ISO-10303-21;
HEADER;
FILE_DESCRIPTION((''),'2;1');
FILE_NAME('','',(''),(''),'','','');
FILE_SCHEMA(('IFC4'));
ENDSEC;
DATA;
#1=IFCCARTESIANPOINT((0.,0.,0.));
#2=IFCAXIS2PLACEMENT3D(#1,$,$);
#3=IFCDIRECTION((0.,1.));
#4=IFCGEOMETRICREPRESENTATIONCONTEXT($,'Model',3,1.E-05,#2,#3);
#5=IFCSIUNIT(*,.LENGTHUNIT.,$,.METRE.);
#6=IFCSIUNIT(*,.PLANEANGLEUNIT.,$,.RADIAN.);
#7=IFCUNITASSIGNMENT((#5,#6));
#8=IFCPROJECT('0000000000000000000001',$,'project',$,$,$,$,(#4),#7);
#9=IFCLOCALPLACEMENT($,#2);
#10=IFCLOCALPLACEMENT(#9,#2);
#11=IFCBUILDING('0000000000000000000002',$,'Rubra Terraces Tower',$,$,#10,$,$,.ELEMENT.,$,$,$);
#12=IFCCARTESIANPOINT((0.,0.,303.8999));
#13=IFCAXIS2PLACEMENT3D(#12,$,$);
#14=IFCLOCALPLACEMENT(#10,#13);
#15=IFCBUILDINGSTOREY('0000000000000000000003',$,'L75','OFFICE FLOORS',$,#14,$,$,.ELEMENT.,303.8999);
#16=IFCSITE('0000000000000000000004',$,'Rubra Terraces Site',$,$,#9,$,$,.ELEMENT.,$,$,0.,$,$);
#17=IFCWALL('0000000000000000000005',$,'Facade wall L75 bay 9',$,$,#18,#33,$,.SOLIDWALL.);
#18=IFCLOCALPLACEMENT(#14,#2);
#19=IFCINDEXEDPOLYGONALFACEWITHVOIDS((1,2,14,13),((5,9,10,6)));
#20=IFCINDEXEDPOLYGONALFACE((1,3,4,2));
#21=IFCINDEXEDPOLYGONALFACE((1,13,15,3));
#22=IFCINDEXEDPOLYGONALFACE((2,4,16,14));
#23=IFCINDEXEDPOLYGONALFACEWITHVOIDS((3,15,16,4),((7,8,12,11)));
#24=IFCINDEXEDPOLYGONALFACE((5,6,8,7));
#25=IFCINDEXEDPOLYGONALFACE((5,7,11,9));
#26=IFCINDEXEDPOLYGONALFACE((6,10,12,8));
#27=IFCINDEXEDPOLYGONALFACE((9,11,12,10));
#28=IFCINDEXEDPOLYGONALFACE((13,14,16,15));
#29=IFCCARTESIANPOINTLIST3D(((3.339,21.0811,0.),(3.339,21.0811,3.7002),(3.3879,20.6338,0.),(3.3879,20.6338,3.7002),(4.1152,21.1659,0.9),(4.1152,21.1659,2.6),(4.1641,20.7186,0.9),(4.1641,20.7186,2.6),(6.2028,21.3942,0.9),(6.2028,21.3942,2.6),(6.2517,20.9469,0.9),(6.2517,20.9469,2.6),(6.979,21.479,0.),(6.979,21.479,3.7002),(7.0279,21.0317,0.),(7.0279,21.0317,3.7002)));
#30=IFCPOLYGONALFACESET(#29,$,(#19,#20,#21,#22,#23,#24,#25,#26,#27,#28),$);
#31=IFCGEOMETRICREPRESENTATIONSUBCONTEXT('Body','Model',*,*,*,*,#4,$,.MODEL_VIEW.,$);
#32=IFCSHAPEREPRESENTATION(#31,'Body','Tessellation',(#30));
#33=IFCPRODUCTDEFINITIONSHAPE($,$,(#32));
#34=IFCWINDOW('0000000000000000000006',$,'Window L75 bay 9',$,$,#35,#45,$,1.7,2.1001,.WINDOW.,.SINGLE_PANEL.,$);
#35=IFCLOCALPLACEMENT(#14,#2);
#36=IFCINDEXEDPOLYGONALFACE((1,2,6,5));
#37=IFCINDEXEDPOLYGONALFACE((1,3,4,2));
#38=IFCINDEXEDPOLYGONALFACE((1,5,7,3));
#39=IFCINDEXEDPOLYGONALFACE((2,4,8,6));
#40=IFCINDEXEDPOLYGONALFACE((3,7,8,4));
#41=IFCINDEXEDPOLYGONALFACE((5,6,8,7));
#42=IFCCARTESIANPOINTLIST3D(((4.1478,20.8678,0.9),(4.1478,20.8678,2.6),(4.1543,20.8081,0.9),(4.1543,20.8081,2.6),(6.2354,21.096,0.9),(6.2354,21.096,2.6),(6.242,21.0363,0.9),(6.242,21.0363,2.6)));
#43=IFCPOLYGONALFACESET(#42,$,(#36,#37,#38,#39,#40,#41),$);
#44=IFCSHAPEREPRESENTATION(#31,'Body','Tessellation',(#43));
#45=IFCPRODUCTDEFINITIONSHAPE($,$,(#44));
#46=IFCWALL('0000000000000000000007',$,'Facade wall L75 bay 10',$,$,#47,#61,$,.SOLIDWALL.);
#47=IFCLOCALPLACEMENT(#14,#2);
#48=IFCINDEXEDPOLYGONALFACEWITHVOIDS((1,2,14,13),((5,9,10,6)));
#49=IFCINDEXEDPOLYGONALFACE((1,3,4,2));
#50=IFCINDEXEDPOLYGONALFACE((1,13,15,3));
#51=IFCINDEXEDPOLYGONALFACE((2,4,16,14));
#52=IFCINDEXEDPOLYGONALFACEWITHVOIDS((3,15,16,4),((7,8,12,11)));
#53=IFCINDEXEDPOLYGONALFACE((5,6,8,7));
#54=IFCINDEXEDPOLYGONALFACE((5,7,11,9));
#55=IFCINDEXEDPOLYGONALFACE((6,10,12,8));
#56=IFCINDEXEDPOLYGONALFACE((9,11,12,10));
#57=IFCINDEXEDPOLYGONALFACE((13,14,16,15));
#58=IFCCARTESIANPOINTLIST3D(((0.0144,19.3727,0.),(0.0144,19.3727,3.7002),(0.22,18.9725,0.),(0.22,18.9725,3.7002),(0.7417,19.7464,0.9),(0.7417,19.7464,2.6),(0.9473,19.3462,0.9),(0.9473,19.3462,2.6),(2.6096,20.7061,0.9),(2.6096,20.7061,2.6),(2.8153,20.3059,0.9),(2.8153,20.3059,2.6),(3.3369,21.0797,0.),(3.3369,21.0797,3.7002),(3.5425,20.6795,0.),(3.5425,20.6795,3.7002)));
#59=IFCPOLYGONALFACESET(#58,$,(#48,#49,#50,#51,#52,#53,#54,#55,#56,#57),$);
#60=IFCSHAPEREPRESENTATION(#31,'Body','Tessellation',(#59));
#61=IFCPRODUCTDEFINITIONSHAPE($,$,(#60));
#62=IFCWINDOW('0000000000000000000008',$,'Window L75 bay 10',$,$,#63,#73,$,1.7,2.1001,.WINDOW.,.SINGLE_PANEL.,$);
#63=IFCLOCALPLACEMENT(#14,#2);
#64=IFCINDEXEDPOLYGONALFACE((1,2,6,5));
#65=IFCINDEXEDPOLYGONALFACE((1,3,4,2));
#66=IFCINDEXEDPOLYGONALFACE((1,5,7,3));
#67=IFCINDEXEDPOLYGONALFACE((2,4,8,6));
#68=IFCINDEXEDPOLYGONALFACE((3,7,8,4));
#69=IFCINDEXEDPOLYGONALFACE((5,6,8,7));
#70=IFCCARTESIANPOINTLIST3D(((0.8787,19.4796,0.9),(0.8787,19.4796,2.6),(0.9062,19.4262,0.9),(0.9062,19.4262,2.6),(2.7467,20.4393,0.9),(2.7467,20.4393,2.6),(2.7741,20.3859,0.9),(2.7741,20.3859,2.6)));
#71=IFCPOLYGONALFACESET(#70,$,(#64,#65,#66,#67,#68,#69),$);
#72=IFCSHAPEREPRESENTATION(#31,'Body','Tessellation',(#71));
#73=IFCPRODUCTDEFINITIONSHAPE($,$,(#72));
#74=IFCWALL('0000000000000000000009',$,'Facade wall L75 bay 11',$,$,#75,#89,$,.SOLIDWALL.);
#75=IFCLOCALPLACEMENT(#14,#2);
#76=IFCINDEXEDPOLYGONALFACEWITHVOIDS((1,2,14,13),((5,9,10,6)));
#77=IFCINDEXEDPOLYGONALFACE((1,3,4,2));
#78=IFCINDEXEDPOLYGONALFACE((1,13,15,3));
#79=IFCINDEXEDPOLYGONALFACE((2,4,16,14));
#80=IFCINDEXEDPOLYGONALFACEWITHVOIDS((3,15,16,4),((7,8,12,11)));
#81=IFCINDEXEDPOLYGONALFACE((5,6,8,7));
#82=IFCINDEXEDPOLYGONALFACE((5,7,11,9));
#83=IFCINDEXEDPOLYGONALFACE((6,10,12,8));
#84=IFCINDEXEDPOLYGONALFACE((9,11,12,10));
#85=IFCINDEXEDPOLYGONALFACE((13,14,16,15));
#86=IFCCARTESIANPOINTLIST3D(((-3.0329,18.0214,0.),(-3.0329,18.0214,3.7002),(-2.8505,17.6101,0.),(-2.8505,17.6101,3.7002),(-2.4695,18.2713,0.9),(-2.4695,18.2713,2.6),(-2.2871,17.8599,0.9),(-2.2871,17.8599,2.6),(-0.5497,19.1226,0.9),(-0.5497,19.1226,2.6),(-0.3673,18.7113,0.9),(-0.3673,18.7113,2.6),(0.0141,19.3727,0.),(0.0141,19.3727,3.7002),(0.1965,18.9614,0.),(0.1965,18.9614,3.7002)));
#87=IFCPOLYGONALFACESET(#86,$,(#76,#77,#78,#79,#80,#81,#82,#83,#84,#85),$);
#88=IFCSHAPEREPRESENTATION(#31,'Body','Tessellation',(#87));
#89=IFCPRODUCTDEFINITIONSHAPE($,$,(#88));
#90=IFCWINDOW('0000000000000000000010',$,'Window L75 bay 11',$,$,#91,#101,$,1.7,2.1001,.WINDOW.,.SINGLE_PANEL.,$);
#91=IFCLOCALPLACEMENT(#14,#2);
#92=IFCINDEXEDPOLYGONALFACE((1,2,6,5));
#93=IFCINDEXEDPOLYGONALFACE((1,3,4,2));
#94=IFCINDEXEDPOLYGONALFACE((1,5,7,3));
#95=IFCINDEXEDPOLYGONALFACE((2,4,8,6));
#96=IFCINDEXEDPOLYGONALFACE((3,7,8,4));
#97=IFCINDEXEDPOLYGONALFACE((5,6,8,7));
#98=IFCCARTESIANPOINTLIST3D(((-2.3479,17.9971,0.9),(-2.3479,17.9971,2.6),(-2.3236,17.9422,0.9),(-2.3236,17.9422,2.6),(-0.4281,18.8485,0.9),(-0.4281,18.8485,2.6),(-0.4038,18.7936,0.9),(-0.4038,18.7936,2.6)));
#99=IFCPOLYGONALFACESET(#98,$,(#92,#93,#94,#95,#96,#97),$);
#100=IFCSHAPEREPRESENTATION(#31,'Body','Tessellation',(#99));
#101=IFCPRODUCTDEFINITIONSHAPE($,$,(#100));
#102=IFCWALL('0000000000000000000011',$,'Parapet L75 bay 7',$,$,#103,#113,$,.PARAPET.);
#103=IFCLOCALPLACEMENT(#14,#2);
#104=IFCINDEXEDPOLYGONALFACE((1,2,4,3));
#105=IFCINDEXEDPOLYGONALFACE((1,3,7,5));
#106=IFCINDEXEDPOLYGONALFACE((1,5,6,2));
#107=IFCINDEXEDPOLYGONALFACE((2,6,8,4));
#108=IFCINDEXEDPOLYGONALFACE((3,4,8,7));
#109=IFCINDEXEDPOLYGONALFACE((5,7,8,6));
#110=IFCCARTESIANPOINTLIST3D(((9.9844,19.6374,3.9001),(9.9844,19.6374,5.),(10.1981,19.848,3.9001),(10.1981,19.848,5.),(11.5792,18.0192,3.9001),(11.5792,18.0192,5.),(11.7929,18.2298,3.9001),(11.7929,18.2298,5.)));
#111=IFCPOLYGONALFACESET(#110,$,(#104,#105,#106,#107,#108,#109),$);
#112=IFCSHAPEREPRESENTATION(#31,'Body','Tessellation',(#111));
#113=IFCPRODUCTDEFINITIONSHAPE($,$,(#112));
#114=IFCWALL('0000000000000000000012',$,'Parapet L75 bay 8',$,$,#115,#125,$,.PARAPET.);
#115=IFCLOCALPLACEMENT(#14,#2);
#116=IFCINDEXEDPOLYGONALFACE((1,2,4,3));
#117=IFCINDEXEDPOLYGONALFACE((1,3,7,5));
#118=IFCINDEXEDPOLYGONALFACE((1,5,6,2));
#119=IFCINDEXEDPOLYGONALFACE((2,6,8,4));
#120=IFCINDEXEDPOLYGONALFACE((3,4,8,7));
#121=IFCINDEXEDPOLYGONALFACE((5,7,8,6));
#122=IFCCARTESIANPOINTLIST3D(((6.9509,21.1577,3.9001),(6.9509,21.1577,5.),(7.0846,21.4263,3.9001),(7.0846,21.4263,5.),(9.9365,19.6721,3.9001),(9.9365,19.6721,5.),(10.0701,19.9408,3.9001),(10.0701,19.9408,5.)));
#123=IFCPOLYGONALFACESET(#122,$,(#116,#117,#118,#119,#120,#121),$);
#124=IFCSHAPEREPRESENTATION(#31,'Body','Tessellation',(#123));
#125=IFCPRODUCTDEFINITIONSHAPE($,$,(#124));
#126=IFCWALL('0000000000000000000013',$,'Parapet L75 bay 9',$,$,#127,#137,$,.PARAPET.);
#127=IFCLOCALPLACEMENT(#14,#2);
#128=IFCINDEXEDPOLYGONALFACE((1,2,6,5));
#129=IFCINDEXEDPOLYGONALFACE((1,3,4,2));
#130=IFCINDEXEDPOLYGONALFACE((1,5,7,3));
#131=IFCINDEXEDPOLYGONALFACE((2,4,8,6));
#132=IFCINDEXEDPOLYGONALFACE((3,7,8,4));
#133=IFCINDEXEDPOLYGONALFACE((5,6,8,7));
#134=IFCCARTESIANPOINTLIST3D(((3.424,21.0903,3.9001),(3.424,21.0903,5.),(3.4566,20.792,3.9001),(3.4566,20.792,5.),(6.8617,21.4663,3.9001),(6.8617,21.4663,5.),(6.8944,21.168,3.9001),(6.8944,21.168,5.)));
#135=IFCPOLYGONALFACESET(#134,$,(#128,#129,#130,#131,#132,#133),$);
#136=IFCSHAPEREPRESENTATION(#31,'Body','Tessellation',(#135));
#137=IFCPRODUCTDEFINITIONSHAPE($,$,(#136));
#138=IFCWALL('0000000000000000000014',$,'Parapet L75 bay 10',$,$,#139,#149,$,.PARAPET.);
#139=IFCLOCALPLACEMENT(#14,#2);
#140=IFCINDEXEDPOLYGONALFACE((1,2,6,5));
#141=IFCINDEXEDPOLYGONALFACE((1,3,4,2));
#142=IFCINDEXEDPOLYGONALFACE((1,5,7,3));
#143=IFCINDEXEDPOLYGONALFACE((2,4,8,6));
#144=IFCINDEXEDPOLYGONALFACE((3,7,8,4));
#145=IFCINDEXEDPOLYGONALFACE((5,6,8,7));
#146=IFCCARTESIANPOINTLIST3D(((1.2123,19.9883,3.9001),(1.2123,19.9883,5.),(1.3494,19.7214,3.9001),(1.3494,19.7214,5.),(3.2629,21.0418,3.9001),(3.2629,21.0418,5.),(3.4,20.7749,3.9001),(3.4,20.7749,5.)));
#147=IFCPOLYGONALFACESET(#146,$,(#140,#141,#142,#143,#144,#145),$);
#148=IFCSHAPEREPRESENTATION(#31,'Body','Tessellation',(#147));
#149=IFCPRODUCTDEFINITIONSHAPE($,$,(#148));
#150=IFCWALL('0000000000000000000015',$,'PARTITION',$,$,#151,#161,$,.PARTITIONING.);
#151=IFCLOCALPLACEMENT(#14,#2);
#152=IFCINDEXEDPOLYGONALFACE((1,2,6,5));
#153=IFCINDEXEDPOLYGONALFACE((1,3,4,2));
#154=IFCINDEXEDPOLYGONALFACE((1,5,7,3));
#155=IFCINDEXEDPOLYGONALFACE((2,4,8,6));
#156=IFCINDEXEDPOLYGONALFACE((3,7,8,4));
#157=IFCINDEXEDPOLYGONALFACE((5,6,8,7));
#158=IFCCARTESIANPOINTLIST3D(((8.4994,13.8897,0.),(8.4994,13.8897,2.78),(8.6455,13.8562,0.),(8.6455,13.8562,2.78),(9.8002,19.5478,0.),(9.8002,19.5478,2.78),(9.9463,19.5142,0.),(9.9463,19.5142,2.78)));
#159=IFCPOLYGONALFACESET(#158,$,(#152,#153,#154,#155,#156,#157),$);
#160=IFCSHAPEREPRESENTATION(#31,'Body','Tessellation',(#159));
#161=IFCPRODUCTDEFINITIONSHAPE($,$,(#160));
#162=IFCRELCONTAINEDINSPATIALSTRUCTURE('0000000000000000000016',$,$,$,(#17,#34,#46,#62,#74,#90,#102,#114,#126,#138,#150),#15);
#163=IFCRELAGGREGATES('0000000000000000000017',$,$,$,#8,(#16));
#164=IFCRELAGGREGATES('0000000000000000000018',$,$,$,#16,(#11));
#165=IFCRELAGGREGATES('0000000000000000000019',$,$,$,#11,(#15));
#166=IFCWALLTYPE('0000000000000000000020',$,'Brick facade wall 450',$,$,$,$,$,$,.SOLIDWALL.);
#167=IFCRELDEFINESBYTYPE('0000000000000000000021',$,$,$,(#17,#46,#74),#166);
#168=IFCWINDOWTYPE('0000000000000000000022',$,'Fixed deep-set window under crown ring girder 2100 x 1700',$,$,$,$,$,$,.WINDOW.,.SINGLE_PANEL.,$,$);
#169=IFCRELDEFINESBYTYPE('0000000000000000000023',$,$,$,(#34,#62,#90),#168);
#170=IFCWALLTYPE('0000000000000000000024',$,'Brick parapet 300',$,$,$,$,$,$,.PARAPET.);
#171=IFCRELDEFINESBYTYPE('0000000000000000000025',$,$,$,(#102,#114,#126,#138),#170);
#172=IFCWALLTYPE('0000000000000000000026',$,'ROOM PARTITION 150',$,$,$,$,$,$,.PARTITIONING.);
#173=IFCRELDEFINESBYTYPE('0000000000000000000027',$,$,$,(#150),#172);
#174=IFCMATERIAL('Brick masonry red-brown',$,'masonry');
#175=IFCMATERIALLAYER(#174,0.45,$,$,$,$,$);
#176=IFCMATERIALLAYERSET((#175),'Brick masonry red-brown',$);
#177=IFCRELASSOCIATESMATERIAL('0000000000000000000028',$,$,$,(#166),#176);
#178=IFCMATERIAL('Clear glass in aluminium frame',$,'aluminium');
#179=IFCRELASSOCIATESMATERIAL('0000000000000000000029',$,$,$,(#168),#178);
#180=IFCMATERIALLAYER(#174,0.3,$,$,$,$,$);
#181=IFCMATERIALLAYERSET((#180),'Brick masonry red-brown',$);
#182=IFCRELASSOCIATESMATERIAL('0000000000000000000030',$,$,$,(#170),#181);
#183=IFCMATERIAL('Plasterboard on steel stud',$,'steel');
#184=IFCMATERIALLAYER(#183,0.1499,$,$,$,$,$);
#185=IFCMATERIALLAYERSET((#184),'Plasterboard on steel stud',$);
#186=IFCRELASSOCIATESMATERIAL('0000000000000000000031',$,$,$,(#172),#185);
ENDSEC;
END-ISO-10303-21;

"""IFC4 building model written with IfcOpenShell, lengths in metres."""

from ifc_helpers import new_model, si_unit, direction, frame, frame_2d, origin, place, context, subcontext, project, spatial, rectangle, extrude, material, layer, layer_set, type_object, element, fill, save


model = new_model("IFC4")

# Units and contexts
model_context = context("Model", 3, precision=1e-05, world=origin(), true_north=direction((0.0, 1.0)))
body_context = subcontext(model_context, "Body", "Model", "MODEL_VIEW")
ifc_project = project(units=[si_unit("LENGTHUNIT", "METRE"), si_unit("PLANEANGLEUNIT", "RADIAN")], contexts=[model_context])

# Site, building, storey
site_placement = place(None, origin())
site = spatial("IfcSite", under=ifc_project, at=site_placement, Name="Rubra Terraces Site", CompositionType="ELEMENT", RefElevation=0.0)
building_placement = place(site_placement, origin())
building = spatial("IfcBuilding", under=site, at=building_placement, Name="Rubra Terraces Tower", CompositionType="ELEMENT")
storey_placement = place(building_placement, frame((0.0, 0.0, 303.8999)))
storey = spatial("IfcBuildingStorey", under=building, at=storey_placement, Name="L75", Description="OFFICE FLOORS", CompositionType="ELEMENT", Elevation=303.8999)

# Walls, openings, windows
ifc_material_1 = material(Name="Brick masonry red-brown", Category="masonry")
ifc_layer_1 = layer(ifc_material_1, 0.45)
ifc_layer_set_1 = layer_set([ifc_layer_1], Name="Brick masonry red-brown")
wall_type_1 = type_object("IfcWallType", Name="Brick facade wall 450", PredefinedType="SOLIDWALL", material=ifc_layer_set_1)
ifc_material_2 = material(Name="Clear glass in aluminium frame", Category="aluminium")
window_type = type_object("IfcWindowType", Name="Fixed deep-set window under crown ring girder 2100 x 1700", PartitioningType="SINGLE_PANEL", PredefinedType="WINDOW", material=ifc_material_2)
wall_1_placement = place(storey_placement, frame((7.0034, 21.2554, 0.0), z_axis=(0.0, 0.0, 1.0), x_axis=(-0.994077, -0.108682, 0.0)))
wall_1 = element("IfcWall", 1, at=wall_1_placement, inside=storey, type_object=wall_type_1, Name="Facade wall L75 bay 9", PredefinedType="SOLIDWALL", context=body_context, shape_type="SweptSolid", body=[
    extrude(rectangle(XDim=3.6616, YDim=0.45, at=frame_2d((1.8308, 0.0))), origin(), (0.0, 0.0, 1.0), 3.7002),
])
opening_1_placement = place(wall_1_placement, frame((0.7808, 0.0, 0.8999)))
opening_1 = element("IfcOpeningElement", 2, at=opening_1_placement, cuts=wall_1, PredefinedType="OPENING", context=body_context, shape_type="SweptSolid", body=[
    extrude(rectangle(XDim=2.1001, YDim=1.7, at=frame_2d((1.05, 0.8501))), frame((0.0, 0.2349, 0.0), z_axis=(0.0, -1.0, 0.0), x_axis=(1.0, 0.0, 0.0)), (0.0, 0.0, 1.0), 0.47),
])
window_1_placement = place(opening_1_placement, origin())
window_1 = element("IfcWindow", 3, at=window_1_placement, inside=storey, type_object=window_type, Name="Window L75 bay 9", OverallHeight=1.7, OverallWidth=2.1001, PartitioningType="SINGLE_PANEL", PredefinedType="WINDOW", context=body_context, shape_type="SweptSolid", body=[
    extrude(rectangle(XDim=2.1001, YDim=1.7, at=frame_2d((1.05, 0.8501))), frame((0.0, 0.135, 0.0), z_axis=(0.0, -1.0, 0.0), x_axis=(1.0, 0.0, 0.0)), (0.0, 0.0, 1.0), 0.0601),
])
fill(opening_1, window_1)
wall_2_placement = place(storey_placement, frame((3.4397, 20.8796, 0.0), z_axis=(0.0, 0.0, 1.0), x_axis=(-0.889472, -0.456991, 0.0)))
wall_2 = element("IfcWall", 4, at=wall_2_placement, inside=storey, type_object=wall_type_1, Name="Facade wall L75 bay 10", PredefinedType="SOLIDWALL", context=body_context, shape_type="SweptSolid", body=[
    extrude(rectangle(XDim=3.7354, YDim=0.45, at=frame_2d((1.8677, 0.0))), origin(), (0.0, 0.0, 1.0), 3.7002),
])
opening_2_placement = place(wall_2_placement, frame((0.8176, 0.0, 0.8999)))
opening_2 = element("IfcOpeningElement", 5, at=opening_2_placement, cuts=wall_2, PredefinedType="OPENING", context=body_context, shape_type="SweptSolid", body=[
    extrude(rectangle(XDim=2.1001, YDim=1.7, at=frame_2d((1.05, 0.8501))), frame((0.0, 0.2349, 0.0), z_axis=(0.0, -1.0, 0.0), x_axis=(1.0, 0.0, 0.0)), (0.0, 0.0, 1.0), 0.47),
])
window_2_placement = place(opening_2_placement, origin())
window_2 = element("IfcWindow", 6, at=window_2_placement, inside=storey, type_object=window_type, Name="Window L75 bay 10", OverallHeight=1.7, OverallWidth=2.1001, PartitioningType="SINGLE_PANEL", PredefinedType="WINDOW", context=body_context, shape_type="SweptSolid", body=[
    extrude(rectangle(XDim=2.1001, YDim=1.7, at=frame_2d((1.05, 0.8501))), frame((0.0, 0.135, 0.0), z_axis=(0.0, -1.0, 0.0), x_axis=(1.0, 0.0, 0.0)), (0.0, 0.0, 1.0), 0.0601),
])
fill(opening_2, window_2)
wall_3_placement = place(storey_placement, frame((0.1052, 19.167, 0.0), z_axis=(0.0, 0.0, 1.0), x_axis=(-0.91414, -0.405398, 0.0)))
wall_3 = element("IfcWall", 7, at=wall_3_placement, inside=storey, type_object=wall_type_1, Name="Facade wall L75 bay 11", PredefinedType="SOLIDWALL", context=body_context, shape_type="SweptSolid", body=[
    extrude(rectangle(XDim=3.3333, YDim=0.45, at=frame_2d((1.6665, 0.0))), origin(), (0.0, 0.0, 1.0), 3.7002),
])
opening_3_placement = place(wall_3_placement, frame((0.6167, 0.0, 0.8999)))
opening_3 = element("IfcOpeningElement", 8, at=opening_3_placement, cuts=wall_3, PredefinedType="OPENING", context=body_context, shape_type="SweptSolid", body=[
    extrude(rectangle(XDim=2.1001, YDim=1.7, at=frame_2d((1.05, 0.8501))), frame((0.0, 0.2349, 0.0), z_axis=(0.0, -1.0, 0.0), x_axis=(1.0, 0.0, 0.0)), (0.0, 0.0, 1.0), 0.47),
])
window_3_placement = place(opening_3_placement, origin())
window_3 = element("IfcWindow", 9, at=window_3_placement, inside=storey, type_object=window_type, Name="Window L75 bay 11", OverallHeight=1.7, OverallWidth=2.1001, PartitioningType="SINGLE_PANEL", PredefinedType="WINDOW", context=body_context, shape_type="SweptSolid", body=[
    extrude(rectangle(XDim=2.1001, YDim=1.7, at=frame_2d((1.05, 0.8501))), frame((0.0, 0.135, 0.0), z_axis=(0.0, -1.0, 0.0), x_axis=(1.0, 0.0, 0.0)), (0.0, 0.0, 1.0), 0.0601),
])
fill(opening_3, window_3)

# Walls
ifc_layer_2 = layer(ifc_material_1, 0.3)
ifc_layer_set_2 = layer_set([ifc_layer_2], Name="Brick masonry red-brown")
wall_type_2 = type_object("IfcWallType", Name="Brick parapet 300", PredefinedType="PARAPET", material=ifc_layer_set_2)
wall_4_placement = place(storey_placement, frame((11.686, 18.1245, 3.9001), z_axis=(0.0, 0.0, 1.0), x_axis=(-0.70193, 0.712246, 0.0)))
element("IfcWall", 10, at=wall_4_placement, inside=storey, type_object=wall_type_2, Name="Parapet L75 bay 7", PredefinedType="PARAPET", context=body_context, shape_type="SweptSolid", body=[
    extrude(rectangle(XDim=2.272, YDim=0.3, at=frame_2d((1.136, 0.0))), origin(), (0.0, 0.0, 1.0), 1.0999),
])
wall_5_placement = place(storey_placement, frame((10.0034, 19.8064, 3.9001), z_axis=(0.0, 0.0, 1.0), x_axis=(-0.895289, 0.445485, 0.0)))
element("IfcWall", 11, at=wall_5_placement, inside=storey, type_object=wall_type_2, Name="Parapet L75 bay 8", PredefinedType="PARAPET", context=body_context, shape_type="SweptSolid", body=[
    extrude(rectangle(XDim=3.3347, YDim=0.3, at=frame_2d((1.6675, 0.0))), origin(), (0.0, 0.0, 1.0), 1.0999),
])
wall_6_placement = place(storey_placement, frame((6.8779, 21.3171, 3.9001), z_axis=(0.0, 0.0, 1.0), x_axis=(-0.994073, -0.108719, 0.0)))
element("IfcWall", 12, at=wall_6_placement, inside=storey, type_object=wall_type_2, Name="Parapet L75 bay 9", PredefinedType="PARAPET", context=body_context, shape_type="SweptSolid", body=[
    extrude(rectangle(XDim=3.4583, YDim=0.3, at=frame_2d((1.729, 0.0))), origin(), (0.0, 0.0, 1.0), 1.0999),
])
wall_7_placement = place(storey_placement, frame((3.3315, 20.9084, 3.9001), z_axis=(0.0, 0.0, 1.0), x_axis=(-0.889481, -0.456972, 0.0)))
element("IfcWall", 13, at=wall_7_placement, inside=storey, type_object=wall_type_2, Name="Parapet L75 bay 10", PredefinedType="PARAPET", context=body_context, shape_type="SweptSolid", body=[
    extrude(rectangle(XDim=2.3054, YDim=0.3, at=frame_2d((1.1528, 0.0))), origin(), (0.0, 0.0, 1.0), 1.0999),
])
ifc_material_3 = material(Name="Plasterboard on steel stud", Category="steel")
ifc_layer_3 = layer(ifc_material_3, 0.1499)
ifc_layer_set_3 = layer_set([ifc_layer_3], Name="Plasterboard on steel stud")
wall_type_3 = type_object("IfcWallType", Name="ROOM PARTITION 150", PredefinedType="PARTITIONING", material=ifc_layer_set_3)
wall_8_placement = place(storey_placement, frame((9.8733, 19.531, 0.0), z_axis=(0.0, 0.0, 1.0), x_axis=(-0.224058, -0.974576, 0.0)))
element("IfcWall", 14, at=wall_8_placement, inside=storey, type_object=wall_type_3, Name="PARTITION", PredefinedType="PARTITIONING", context=body_context, shape_type="SweptSolid", body=[
    extrude(rectangle(XDim=5.8057, YDim=0.1499, at=frame_2d((2.9028, 0.0))), origin(), (0.0, 0.0, 1.0), 2.78),
])

save(model, "model.ifc")
